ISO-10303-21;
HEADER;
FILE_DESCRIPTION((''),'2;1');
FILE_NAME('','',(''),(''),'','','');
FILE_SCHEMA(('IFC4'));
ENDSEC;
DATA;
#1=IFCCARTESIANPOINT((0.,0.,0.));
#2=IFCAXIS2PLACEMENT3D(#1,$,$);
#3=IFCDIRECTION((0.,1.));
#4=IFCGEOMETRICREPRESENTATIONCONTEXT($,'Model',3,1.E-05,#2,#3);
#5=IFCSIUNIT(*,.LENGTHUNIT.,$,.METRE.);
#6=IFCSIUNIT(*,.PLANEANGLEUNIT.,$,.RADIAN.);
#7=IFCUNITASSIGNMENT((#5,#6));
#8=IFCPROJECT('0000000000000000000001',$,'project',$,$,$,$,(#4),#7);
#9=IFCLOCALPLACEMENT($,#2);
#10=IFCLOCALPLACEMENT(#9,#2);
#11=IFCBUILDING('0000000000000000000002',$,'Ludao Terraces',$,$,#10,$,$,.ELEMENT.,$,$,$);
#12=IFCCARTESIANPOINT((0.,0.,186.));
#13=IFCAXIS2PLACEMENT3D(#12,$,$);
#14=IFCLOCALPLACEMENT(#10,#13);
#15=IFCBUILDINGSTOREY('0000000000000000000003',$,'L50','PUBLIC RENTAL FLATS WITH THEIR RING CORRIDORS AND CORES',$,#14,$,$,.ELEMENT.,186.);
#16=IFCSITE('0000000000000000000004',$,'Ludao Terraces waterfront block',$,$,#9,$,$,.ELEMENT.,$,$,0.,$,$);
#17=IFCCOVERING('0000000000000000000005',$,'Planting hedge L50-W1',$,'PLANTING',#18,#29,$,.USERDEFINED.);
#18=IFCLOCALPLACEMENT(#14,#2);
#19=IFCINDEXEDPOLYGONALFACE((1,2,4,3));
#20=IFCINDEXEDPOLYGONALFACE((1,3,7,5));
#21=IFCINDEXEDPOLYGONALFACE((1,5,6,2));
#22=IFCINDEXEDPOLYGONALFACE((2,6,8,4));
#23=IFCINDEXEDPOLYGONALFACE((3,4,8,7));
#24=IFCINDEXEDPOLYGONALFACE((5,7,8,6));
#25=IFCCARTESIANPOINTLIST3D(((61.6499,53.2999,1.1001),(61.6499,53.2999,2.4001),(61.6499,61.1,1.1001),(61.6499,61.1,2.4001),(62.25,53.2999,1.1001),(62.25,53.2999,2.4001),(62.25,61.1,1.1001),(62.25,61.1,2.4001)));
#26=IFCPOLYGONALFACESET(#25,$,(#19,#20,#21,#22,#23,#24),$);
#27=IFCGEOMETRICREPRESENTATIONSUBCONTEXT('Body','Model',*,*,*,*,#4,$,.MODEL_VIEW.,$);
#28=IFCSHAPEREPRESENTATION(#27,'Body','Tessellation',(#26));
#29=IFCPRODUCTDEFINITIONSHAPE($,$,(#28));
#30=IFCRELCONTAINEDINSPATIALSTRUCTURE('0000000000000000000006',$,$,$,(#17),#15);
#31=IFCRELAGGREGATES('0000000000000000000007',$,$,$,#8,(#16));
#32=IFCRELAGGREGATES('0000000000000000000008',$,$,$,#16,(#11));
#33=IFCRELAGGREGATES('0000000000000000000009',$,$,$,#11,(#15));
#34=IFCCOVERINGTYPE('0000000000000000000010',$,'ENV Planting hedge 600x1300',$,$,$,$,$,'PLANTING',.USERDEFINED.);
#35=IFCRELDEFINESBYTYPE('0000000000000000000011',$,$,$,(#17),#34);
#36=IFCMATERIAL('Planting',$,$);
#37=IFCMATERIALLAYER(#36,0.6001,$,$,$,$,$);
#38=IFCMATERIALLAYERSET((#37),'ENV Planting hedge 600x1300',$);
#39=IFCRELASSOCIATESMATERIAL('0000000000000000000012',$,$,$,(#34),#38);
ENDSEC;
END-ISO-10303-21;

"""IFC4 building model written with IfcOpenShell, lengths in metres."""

from ifc_helpers import new_model, si_unit, direction, frame, origin, origin_2d, place, context, subcontext, project, spatial, rectangle, extrude, material, layer, layer_set, type_object, element, save


model = new_model("IFC4")

# Units and contexts
model_context = context("Model", 3, precision=1e-05, world=origin(), true_north=direction((0.0, 1.0)))
body_context = subcontext(model_context, "Body", "Model", "MODEL_VIEW")
ifc_project = project(units=[si_unit("LENGTHUNIT", "METRE"), si_unit("PLANEANGLEUNIT", "RADIAN")], contexts=[model_context])

# Site, building, storey
site_placement = place(None, origin())
site = spatial("IfcSite", under=ifc_project, at=site_placement, Name="Ludao Terraces waterfront block", CompositionType="ELEMENT", RefElevation=0.0)
building_placement = place(site_placement, origin())
building = spatial("IfcBuilding", under=site, at=building_placement, Name="Ludao Terraces", CompositionType="ELEMENT")
storey_placement = place(building_placement, frame((0.0, 0.0, 186.0)))
storey = spatial("IfcBuildingStorey", under=building, at=storey_placement, Name="L50", Description="PUBLIC RENTAL FLATS WITH THEIR RING CORRIDORS AND CORES", CompositionType="ELEMENT", Elevation=186.0)

# Covering
ifc_material_1 = material(Name="Planting")
ifc_layer_1 = layer(ifc_material_1, 0.6001)
ifc_layer_set_1 = layer_set([ifc_layer_1], Name="ENV Planting hedge 600x1300")
covering_type = type_object("IfcCoveringType", Name="ENV Planting hedge 600x1300", ElementType="PLANTING", PredefinedType="USERDEFINED", material=ifc_layer_set_1)
covering_placement = place(storey_placement, frame((61.95, 57.2, 1.1001), z_axis=(0.0, 0.0, 1.0), x_axis=(1.0, 0.0, 0.0)))
element("IfcCovering", 1, at=covering_placement, inside=storey, type_object=covering_type, Name="Planting hedge L50-W1", ObjectType="PLANTING", PredefinedType="USERDEFINED", context=body_context, shape_type="SweptSolid", body=[
    extrude(rectangle(XDim=0.6001, YDim=7.8, at=origin_2d()), origin(), (0.0, 0.0, 1.0), 1.3),
])

save(model, "model.ifc")
